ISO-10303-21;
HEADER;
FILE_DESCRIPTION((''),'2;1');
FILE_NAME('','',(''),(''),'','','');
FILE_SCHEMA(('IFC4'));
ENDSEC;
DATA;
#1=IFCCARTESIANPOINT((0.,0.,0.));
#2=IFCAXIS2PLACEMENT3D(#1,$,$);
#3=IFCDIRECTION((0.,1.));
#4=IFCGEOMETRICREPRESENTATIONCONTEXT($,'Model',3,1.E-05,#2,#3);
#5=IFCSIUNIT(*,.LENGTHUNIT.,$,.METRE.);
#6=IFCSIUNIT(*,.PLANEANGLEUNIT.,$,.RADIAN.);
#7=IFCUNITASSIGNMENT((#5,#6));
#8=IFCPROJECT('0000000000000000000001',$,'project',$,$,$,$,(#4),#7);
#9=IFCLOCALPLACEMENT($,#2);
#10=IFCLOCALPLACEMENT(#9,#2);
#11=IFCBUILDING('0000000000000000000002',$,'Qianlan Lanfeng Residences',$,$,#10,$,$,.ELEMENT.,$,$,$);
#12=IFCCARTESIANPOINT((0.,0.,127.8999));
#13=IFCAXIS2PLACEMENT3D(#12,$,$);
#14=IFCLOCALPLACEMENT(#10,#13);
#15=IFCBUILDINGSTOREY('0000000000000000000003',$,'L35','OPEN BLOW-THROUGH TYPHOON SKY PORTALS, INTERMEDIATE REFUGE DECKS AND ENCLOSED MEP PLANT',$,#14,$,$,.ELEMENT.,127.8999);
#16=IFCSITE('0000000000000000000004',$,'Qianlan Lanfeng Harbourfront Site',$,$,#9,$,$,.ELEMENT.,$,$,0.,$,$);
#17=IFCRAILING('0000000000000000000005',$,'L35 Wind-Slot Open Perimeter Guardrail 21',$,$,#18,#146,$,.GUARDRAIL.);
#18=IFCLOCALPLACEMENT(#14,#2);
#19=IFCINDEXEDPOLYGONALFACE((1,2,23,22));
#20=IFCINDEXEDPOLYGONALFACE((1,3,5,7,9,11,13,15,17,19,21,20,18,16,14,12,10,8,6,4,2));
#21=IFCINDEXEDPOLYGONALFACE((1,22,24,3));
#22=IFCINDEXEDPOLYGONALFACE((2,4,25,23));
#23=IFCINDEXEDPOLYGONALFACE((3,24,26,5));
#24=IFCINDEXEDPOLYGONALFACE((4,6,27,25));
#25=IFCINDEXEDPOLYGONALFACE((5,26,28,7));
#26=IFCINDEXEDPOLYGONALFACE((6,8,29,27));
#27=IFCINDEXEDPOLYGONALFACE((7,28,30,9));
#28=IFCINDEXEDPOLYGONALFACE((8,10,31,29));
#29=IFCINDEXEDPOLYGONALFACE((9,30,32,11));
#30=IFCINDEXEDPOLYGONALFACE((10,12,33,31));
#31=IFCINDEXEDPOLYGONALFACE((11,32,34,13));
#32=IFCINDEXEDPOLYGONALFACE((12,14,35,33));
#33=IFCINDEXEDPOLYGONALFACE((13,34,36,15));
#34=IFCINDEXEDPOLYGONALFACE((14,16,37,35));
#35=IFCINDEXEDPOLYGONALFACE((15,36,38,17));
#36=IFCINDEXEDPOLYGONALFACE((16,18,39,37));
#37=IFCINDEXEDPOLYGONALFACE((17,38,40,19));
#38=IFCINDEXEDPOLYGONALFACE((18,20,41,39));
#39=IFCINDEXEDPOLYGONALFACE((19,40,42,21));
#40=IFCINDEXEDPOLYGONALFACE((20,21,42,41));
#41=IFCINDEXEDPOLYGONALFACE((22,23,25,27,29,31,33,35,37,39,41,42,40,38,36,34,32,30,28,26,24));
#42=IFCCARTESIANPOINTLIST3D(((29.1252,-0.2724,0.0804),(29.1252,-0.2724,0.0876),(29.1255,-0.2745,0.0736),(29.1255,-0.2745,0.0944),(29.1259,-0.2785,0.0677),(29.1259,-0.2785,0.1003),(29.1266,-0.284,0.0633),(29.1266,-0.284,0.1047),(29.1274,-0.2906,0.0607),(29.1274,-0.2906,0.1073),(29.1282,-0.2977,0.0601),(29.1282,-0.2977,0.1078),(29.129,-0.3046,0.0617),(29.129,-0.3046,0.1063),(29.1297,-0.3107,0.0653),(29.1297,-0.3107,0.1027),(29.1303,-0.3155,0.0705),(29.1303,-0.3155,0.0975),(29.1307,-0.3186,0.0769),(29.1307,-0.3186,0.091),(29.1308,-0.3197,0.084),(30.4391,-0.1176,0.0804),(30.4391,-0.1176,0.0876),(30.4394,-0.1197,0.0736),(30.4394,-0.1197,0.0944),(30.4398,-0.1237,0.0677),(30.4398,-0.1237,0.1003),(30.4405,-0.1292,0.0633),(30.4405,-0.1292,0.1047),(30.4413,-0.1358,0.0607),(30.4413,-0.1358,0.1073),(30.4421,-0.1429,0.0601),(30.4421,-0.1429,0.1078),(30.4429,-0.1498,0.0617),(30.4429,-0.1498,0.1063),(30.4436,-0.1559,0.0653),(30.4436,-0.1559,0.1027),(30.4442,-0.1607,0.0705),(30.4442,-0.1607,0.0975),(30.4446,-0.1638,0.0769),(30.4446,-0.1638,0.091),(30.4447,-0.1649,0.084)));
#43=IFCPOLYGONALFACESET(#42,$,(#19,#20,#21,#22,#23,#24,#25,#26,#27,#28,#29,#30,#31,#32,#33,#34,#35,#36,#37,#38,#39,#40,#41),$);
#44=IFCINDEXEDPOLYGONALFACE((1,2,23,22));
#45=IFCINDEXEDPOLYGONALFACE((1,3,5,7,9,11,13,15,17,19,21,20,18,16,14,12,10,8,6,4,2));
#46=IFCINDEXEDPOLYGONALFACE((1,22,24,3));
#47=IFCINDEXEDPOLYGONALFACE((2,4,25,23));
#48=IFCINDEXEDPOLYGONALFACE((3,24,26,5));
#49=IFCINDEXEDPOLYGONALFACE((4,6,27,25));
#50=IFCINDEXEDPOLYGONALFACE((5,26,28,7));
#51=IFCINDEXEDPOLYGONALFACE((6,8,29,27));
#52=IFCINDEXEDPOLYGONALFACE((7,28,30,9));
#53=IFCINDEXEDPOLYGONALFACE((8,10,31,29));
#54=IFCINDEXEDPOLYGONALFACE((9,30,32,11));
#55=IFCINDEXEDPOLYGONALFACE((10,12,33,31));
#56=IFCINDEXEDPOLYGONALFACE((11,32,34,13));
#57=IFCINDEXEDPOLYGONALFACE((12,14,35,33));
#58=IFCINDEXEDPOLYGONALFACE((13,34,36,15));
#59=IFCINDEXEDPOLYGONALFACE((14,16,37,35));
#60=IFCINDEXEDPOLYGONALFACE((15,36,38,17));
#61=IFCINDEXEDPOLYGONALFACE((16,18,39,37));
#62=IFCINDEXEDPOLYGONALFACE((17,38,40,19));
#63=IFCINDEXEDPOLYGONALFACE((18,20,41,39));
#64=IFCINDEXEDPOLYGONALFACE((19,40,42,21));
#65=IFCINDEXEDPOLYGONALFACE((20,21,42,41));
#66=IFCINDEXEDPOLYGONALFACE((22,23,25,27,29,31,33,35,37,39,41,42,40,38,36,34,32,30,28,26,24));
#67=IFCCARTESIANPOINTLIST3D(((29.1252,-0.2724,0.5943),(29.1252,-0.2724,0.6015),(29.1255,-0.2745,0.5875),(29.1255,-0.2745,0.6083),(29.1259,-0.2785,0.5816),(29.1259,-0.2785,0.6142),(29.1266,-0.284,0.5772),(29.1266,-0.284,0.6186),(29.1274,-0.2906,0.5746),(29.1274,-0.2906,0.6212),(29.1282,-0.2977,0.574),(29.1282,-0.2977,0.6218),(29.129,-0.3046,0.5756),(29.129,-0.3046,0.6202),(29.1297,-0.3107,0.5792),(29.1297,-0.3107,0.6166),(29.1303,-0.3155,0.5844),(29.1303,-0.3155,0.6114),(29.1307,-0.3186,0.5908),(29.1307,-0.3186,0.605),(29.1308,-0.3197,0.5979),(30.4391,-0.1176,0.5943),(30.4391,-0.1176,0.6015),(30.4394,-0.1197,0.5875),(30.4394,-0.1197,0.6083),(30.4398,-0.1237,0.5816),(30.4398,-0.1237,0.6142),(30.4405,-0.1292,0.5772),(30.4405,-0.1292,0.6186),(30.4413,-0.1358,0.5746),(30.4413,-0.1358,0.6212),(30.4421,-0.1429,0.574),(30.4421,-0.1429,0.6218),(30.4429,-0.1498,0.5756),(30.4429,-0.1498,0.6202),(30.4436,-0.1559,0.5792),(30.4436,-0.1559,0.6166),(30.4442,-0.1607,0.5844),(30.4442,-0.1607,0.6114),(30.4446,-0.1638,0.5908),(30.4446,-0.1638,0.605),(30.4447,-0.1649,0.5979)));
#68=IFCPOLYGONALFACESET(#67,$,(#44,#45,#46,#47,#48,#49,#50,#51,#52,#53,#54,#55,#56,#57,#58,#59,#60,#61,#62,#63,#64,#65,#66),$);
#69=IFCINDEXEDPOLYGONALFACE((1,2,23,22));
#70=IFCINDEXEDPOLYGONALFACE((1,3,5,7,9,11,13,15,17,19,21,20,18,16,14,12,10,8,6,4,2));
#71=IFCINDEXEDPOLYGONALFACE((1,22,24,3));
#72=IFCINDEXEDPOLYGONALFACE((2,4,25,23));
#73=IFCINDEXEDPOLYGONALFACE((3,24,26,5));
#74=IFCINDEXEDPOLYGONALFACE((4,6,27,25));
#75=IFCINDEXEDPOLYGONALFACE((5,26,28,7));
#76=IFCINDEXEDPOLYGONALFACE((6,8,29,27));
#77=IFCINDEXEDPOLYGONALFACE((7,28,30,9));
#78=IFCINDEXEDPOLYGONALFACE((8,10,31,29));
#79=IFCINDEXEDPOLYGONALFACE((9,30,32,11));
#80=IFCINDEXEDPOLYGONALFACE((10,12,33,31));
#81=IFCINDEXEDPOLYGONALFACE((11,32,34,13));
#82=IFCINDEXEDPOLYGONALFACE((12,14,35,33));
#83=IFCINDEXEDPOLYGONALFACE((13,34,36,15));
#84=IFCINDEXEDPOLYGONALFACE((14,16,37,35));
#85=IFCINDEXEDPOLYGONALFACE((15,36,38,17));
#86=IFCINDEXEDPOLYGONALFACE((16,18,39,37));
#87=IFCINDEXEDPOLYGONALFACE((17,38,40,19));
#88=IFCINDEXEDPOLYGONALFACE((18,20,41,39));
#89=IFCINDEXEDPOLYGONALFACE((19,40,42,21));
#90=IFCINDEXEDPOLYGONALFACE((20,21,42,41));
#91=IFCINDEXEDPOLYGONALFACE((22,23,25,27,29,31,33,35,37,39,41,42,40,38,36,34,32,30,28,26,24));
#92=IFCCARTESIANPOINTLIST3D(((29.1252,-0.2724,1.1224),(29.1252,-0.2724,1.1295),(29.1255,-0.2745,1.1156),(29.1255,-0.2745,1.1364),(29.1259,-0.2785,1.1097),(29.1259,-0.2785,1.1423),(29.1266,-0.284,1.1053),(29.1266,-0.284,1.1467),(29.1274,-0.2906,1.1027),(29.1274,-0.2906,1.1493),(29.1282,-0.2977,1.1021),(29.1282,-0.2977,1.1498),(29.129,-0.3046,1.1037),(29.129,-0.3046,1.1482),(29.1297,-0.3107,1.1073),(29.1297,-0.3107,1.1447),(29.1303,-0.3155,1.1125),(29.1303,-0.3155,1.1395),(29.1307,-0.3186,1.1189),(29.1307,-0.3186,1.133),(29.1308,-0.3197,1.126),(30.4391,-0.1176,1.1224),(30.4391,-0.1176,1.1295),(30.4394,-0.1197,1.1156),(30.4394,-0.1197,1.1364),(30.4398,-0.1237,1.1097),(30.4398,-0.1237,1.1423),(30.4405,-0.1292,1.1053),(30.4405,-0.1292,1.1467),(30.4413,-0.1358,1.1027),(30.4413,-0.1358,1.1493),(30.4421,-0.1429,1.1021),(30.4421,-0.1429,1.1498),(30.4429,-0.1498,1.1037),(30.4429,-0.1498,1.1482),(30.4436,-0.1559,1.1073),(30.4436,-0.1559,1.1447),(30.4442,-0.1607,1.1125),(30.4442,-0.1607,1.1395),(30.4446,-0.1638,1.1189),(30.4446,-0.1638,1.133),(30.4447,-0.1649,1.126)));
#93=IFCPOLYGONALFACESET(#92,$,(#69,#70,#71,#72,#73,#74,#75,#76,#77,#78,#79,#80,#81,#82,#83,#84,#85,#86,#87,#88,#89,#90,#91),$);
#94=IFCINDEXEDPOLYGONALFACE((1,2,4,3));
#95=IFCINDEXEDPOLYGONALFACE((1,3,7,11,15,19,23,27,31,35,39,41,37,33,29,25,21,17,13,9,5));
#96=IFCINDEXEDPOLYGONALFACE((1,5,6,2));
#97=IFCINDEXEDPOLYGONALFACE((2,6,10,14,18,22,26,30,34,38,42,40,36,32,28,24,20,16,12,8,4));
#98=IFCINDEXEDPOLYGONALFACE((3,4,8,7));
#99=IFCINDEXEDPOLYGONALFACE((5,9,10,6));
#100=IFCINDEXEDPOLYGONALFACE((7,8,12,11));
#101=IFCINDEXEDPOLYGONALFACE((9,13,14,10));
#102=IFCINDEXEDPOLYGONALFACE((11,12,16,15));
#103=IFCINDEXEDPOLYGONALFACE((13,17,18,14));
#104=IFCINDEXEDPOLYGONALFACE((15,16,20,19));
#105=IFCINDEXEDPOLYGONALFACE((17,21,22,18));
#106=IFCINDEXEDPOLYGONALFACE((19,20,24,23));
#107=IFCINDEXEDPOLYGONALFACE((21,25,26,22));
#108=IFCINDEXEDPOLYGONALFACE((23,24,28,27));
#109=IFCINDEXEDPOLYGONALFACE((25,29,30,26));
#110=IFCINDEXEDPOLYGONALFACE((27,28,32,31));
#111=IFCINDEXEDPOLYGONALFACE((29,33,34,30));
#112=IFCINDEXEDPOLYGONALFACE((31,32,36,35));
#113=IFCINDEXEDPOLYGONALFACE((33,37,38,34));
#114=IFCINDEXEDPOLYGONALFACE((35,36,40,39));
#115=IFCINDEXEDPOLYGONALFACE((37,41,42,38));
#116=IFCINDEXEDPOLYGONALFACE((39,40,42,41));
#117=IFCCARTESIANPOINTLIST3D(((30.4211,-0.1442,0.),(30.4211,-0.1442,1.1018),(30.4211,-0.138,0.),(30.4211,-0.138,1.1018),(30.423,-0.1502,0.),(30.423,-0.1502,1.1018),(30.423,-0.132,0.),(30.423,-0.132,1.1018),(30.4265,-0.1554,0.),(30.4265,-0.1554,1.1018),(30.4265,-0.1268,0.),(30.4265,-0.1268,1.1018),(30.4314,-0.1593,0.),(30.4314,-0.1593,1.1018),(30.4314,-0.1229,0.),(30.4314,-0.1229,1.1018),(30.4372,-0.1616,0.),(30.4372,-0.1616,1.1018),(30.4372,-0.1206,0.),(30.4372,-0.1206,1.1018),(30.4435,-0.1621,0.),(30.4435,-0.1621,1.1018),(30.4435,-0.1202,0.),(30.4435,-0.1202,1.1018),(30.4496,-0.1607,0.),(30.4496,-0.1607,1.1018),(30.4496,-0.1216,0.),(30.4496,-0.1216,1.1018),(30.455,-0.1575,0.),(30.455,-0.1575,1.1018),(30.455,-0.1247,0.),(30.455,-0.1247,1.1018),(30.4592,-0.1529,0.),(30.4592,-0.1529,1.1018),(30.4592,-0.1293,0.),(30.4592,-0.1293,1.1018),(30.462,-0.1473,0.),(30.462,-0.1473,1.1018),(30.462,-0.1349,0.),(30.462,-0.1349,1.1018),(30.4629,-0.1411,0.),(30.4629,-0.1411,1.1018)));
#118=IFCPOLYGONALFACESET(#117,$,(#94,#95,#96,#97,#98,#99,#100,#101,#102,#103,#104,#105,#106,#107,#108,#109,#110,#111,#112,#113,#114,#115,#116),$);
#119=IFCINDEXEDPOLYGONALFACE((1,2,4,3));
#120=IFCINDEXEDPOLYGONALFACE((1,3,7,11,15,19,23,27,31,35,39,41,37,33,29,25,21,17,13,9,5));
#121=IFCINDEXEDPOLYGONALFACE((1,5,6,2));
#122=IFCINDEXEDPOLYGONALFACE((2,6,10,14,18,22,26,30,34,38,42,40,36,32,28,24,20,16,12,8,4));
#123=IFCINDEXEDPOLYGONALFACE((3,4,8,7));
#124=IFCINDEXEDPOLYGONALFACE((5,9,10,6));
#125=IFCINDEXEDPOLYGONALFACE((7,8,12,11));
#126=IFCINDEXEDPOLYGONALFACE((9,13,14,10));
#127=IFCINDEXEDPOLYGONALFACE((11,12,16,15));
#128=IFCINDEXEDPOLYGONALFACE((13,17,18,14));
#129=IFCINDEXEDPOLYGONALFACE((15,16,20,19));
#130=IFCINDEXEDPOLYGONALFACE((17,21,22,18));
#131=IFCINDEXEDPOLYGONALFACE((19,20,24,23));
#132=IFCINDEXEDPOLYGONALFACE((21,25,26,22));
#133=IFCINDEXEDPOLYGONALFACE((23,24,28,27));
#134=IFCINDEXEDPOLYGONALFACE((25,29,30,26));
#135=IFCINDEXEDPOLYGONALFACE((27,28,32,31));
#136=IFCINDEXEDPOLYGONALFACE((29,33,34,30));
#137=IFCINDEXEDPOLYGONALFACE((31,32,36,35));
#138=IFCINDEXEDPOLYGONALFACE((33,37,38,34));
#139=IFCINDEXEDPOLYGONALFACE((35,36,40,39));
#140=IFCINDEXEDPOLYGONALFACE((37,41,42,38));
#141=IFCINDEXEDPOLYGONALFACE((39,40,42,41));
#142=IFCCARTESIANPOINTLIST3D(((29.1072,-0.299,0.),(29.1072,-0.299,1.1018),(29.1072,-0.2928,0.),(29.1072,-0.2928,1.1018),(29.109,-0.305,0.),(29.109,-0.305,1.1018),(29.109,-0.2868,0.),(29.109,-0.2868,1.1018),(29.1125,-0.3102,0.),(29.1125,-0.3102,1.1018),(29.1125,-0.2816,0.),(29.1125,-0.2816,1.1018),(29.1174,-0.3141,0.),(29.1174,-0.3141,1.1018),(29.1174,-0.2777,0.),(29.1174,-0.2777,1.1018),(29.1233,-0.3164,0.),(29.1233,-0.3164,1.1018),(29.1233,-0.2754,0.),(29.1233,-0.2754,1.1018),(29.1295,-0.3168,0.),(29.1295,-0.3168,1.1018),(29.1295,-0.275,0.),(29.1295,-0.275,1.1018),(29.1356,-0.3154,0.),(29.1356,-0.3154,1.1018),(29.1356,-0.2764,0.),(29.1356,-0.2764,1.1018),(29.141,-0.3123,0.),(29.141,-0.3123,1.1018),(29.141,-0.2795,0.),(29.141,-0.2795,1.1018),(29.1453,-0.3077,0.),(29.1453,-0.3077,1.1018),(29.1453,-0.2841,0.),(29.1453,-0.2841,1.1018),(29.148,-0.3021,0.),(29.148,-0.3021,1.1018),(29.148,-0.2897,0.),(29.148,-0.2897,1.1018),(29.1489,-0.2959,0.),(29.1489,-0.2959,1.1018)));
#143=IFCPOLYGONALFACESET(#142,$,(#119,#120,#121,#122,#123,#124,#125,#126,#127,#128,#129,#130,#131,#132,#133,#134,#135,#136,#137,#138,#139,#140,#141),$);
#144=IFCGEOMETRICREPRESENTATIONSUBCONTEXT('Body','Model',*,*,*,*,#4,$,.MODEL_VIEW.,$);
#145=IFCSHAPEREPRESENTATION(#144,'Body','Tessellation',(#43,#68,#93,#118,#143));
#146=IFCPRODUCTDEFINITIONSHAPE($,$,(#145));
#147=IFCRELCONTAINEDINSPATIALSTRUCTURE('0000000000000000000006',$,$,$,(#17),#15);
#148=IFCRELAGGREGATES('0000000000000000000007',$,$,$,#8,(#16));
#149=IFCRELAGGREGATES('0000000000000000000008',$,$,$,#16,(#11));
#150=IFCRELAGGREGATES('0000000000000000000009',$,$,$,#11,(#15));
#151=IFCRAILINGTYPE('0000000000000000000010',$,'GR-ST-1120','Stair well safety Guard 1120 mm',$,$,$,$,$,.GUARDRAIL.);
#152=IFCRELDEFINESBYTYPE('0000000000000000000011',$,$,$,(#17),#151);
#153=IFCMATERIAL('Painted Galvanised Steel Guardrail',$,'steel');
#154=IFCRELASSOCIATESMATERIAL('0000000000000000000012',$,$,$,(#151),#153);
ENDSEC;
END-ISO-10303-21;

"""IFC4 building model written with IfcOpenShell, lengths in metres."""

from ifc_helpers import new_model, si_unit, direction, frame, origin, origin_2d, place, context, subcontext, project, spatial, circle, extrude, material, type_object, element, save


model = new_model("IFC4")

# Units and contexts
model_context = context("Model", 3, precision=1e-05, world=origin(), true_north=direction((0.0, 1.0)))
body_context = subcontext(model_context, "Body", "Model", "MODEL_VIEW")
ifc_project = project(units=[si_unit("LENGTHUNIT", "METRE"), si_unit("PLANEANGLEUNIT", "RADIAN")], contexts=[model_context])

# Site, building, storey
site_placement = place(None, origin())
site = spatial("IfcSite", under=ifc_project, at=site_placement, Name="Qianlan Lanfeng Harbourfront Site", CompositionType="ELEMENT", RefElevation=0.0)
building_placement = place(site_placement, origin())
building = spatial("IfcBuilding", under=site, at=building_placement, Name="Qianlan Lanfeng Residences", CompositionType="ELEMENT")
storey_placement = place(building_placement, frame((0.0, 0.0, 127.8999)))
storey = spatial("IfcBuildingStorey", under=building, at=storey_placement, Name="L35", Description="OPEN BLOW-THROUGH TYPHOON SKY PORTALS, INTERMEDIATE REFUGE DECKS AND ENCLOSED MEP PLANT", CompositionType="ELEMENT", Elevation=127.8999)

# Railing
ifc_material_1 = material(Name="Painted Galvanised Steel Guardrail", Category="steel")
railing_type = type_object("IfcRailingType", Name="GR-ST-1120", Description="Stair well safety Guard 1120 mm", PredefinedType="GUARDRAIL", material=ifc_material_1)
railing_1_placement = place(storey_placement, frame((30.4419, -0.1411, 0.0)))
element("IfcRailing", 1, at=railing_1_placement, inside=storey, type_object=railing_type, Name="L35 Wind-Slot Open Perimeter Guardrail 21", PredefinedType="GUARDRAIL", context=body_context, shape_type="SweptSolid", body=[
    extrude(circle(Radius=0.0239, at=origin_2d()), frame((0.0, 0.0, 0.084), z_axis=(-0.993133, -0.116991, 0.0), x_axis=(0.116991, -0.993133, 0.0)), (0.0, 0.0, 1.0), 1.323),
    extrude(circle(Radius=0.0239, at=origin_2d()), frame((0.0, 0.0, 0.5979), z_axis=(-0.993133, -0.116991, 0.0), x_axis=(0.116991, -0.993133, 0.0)), (0.0, 0.0, 1.0), 1.323),
    extrude(circle(Radius=0.0239, at=origin_2d()), frame((0.0, 0.0, 1.126), z_axis=(-0.993133, -0.116991, 0.0), x_axis=(0.116991, -0.993133, 0.0)), (0.0, 0.0, 1.0), 1.323),
    extrude(circle(Radius=0.021, at=origin_2d()), origin(), (0.0, 0.0, 1.0), 1.1018),
    extrude(circle(Radius=0.021, at=origin_2d()), frame((-1.314, -0.1548, 0.0)), (0.0, 0.0, 1.0), 1.1018),
])

save(model, "model.ifc")
